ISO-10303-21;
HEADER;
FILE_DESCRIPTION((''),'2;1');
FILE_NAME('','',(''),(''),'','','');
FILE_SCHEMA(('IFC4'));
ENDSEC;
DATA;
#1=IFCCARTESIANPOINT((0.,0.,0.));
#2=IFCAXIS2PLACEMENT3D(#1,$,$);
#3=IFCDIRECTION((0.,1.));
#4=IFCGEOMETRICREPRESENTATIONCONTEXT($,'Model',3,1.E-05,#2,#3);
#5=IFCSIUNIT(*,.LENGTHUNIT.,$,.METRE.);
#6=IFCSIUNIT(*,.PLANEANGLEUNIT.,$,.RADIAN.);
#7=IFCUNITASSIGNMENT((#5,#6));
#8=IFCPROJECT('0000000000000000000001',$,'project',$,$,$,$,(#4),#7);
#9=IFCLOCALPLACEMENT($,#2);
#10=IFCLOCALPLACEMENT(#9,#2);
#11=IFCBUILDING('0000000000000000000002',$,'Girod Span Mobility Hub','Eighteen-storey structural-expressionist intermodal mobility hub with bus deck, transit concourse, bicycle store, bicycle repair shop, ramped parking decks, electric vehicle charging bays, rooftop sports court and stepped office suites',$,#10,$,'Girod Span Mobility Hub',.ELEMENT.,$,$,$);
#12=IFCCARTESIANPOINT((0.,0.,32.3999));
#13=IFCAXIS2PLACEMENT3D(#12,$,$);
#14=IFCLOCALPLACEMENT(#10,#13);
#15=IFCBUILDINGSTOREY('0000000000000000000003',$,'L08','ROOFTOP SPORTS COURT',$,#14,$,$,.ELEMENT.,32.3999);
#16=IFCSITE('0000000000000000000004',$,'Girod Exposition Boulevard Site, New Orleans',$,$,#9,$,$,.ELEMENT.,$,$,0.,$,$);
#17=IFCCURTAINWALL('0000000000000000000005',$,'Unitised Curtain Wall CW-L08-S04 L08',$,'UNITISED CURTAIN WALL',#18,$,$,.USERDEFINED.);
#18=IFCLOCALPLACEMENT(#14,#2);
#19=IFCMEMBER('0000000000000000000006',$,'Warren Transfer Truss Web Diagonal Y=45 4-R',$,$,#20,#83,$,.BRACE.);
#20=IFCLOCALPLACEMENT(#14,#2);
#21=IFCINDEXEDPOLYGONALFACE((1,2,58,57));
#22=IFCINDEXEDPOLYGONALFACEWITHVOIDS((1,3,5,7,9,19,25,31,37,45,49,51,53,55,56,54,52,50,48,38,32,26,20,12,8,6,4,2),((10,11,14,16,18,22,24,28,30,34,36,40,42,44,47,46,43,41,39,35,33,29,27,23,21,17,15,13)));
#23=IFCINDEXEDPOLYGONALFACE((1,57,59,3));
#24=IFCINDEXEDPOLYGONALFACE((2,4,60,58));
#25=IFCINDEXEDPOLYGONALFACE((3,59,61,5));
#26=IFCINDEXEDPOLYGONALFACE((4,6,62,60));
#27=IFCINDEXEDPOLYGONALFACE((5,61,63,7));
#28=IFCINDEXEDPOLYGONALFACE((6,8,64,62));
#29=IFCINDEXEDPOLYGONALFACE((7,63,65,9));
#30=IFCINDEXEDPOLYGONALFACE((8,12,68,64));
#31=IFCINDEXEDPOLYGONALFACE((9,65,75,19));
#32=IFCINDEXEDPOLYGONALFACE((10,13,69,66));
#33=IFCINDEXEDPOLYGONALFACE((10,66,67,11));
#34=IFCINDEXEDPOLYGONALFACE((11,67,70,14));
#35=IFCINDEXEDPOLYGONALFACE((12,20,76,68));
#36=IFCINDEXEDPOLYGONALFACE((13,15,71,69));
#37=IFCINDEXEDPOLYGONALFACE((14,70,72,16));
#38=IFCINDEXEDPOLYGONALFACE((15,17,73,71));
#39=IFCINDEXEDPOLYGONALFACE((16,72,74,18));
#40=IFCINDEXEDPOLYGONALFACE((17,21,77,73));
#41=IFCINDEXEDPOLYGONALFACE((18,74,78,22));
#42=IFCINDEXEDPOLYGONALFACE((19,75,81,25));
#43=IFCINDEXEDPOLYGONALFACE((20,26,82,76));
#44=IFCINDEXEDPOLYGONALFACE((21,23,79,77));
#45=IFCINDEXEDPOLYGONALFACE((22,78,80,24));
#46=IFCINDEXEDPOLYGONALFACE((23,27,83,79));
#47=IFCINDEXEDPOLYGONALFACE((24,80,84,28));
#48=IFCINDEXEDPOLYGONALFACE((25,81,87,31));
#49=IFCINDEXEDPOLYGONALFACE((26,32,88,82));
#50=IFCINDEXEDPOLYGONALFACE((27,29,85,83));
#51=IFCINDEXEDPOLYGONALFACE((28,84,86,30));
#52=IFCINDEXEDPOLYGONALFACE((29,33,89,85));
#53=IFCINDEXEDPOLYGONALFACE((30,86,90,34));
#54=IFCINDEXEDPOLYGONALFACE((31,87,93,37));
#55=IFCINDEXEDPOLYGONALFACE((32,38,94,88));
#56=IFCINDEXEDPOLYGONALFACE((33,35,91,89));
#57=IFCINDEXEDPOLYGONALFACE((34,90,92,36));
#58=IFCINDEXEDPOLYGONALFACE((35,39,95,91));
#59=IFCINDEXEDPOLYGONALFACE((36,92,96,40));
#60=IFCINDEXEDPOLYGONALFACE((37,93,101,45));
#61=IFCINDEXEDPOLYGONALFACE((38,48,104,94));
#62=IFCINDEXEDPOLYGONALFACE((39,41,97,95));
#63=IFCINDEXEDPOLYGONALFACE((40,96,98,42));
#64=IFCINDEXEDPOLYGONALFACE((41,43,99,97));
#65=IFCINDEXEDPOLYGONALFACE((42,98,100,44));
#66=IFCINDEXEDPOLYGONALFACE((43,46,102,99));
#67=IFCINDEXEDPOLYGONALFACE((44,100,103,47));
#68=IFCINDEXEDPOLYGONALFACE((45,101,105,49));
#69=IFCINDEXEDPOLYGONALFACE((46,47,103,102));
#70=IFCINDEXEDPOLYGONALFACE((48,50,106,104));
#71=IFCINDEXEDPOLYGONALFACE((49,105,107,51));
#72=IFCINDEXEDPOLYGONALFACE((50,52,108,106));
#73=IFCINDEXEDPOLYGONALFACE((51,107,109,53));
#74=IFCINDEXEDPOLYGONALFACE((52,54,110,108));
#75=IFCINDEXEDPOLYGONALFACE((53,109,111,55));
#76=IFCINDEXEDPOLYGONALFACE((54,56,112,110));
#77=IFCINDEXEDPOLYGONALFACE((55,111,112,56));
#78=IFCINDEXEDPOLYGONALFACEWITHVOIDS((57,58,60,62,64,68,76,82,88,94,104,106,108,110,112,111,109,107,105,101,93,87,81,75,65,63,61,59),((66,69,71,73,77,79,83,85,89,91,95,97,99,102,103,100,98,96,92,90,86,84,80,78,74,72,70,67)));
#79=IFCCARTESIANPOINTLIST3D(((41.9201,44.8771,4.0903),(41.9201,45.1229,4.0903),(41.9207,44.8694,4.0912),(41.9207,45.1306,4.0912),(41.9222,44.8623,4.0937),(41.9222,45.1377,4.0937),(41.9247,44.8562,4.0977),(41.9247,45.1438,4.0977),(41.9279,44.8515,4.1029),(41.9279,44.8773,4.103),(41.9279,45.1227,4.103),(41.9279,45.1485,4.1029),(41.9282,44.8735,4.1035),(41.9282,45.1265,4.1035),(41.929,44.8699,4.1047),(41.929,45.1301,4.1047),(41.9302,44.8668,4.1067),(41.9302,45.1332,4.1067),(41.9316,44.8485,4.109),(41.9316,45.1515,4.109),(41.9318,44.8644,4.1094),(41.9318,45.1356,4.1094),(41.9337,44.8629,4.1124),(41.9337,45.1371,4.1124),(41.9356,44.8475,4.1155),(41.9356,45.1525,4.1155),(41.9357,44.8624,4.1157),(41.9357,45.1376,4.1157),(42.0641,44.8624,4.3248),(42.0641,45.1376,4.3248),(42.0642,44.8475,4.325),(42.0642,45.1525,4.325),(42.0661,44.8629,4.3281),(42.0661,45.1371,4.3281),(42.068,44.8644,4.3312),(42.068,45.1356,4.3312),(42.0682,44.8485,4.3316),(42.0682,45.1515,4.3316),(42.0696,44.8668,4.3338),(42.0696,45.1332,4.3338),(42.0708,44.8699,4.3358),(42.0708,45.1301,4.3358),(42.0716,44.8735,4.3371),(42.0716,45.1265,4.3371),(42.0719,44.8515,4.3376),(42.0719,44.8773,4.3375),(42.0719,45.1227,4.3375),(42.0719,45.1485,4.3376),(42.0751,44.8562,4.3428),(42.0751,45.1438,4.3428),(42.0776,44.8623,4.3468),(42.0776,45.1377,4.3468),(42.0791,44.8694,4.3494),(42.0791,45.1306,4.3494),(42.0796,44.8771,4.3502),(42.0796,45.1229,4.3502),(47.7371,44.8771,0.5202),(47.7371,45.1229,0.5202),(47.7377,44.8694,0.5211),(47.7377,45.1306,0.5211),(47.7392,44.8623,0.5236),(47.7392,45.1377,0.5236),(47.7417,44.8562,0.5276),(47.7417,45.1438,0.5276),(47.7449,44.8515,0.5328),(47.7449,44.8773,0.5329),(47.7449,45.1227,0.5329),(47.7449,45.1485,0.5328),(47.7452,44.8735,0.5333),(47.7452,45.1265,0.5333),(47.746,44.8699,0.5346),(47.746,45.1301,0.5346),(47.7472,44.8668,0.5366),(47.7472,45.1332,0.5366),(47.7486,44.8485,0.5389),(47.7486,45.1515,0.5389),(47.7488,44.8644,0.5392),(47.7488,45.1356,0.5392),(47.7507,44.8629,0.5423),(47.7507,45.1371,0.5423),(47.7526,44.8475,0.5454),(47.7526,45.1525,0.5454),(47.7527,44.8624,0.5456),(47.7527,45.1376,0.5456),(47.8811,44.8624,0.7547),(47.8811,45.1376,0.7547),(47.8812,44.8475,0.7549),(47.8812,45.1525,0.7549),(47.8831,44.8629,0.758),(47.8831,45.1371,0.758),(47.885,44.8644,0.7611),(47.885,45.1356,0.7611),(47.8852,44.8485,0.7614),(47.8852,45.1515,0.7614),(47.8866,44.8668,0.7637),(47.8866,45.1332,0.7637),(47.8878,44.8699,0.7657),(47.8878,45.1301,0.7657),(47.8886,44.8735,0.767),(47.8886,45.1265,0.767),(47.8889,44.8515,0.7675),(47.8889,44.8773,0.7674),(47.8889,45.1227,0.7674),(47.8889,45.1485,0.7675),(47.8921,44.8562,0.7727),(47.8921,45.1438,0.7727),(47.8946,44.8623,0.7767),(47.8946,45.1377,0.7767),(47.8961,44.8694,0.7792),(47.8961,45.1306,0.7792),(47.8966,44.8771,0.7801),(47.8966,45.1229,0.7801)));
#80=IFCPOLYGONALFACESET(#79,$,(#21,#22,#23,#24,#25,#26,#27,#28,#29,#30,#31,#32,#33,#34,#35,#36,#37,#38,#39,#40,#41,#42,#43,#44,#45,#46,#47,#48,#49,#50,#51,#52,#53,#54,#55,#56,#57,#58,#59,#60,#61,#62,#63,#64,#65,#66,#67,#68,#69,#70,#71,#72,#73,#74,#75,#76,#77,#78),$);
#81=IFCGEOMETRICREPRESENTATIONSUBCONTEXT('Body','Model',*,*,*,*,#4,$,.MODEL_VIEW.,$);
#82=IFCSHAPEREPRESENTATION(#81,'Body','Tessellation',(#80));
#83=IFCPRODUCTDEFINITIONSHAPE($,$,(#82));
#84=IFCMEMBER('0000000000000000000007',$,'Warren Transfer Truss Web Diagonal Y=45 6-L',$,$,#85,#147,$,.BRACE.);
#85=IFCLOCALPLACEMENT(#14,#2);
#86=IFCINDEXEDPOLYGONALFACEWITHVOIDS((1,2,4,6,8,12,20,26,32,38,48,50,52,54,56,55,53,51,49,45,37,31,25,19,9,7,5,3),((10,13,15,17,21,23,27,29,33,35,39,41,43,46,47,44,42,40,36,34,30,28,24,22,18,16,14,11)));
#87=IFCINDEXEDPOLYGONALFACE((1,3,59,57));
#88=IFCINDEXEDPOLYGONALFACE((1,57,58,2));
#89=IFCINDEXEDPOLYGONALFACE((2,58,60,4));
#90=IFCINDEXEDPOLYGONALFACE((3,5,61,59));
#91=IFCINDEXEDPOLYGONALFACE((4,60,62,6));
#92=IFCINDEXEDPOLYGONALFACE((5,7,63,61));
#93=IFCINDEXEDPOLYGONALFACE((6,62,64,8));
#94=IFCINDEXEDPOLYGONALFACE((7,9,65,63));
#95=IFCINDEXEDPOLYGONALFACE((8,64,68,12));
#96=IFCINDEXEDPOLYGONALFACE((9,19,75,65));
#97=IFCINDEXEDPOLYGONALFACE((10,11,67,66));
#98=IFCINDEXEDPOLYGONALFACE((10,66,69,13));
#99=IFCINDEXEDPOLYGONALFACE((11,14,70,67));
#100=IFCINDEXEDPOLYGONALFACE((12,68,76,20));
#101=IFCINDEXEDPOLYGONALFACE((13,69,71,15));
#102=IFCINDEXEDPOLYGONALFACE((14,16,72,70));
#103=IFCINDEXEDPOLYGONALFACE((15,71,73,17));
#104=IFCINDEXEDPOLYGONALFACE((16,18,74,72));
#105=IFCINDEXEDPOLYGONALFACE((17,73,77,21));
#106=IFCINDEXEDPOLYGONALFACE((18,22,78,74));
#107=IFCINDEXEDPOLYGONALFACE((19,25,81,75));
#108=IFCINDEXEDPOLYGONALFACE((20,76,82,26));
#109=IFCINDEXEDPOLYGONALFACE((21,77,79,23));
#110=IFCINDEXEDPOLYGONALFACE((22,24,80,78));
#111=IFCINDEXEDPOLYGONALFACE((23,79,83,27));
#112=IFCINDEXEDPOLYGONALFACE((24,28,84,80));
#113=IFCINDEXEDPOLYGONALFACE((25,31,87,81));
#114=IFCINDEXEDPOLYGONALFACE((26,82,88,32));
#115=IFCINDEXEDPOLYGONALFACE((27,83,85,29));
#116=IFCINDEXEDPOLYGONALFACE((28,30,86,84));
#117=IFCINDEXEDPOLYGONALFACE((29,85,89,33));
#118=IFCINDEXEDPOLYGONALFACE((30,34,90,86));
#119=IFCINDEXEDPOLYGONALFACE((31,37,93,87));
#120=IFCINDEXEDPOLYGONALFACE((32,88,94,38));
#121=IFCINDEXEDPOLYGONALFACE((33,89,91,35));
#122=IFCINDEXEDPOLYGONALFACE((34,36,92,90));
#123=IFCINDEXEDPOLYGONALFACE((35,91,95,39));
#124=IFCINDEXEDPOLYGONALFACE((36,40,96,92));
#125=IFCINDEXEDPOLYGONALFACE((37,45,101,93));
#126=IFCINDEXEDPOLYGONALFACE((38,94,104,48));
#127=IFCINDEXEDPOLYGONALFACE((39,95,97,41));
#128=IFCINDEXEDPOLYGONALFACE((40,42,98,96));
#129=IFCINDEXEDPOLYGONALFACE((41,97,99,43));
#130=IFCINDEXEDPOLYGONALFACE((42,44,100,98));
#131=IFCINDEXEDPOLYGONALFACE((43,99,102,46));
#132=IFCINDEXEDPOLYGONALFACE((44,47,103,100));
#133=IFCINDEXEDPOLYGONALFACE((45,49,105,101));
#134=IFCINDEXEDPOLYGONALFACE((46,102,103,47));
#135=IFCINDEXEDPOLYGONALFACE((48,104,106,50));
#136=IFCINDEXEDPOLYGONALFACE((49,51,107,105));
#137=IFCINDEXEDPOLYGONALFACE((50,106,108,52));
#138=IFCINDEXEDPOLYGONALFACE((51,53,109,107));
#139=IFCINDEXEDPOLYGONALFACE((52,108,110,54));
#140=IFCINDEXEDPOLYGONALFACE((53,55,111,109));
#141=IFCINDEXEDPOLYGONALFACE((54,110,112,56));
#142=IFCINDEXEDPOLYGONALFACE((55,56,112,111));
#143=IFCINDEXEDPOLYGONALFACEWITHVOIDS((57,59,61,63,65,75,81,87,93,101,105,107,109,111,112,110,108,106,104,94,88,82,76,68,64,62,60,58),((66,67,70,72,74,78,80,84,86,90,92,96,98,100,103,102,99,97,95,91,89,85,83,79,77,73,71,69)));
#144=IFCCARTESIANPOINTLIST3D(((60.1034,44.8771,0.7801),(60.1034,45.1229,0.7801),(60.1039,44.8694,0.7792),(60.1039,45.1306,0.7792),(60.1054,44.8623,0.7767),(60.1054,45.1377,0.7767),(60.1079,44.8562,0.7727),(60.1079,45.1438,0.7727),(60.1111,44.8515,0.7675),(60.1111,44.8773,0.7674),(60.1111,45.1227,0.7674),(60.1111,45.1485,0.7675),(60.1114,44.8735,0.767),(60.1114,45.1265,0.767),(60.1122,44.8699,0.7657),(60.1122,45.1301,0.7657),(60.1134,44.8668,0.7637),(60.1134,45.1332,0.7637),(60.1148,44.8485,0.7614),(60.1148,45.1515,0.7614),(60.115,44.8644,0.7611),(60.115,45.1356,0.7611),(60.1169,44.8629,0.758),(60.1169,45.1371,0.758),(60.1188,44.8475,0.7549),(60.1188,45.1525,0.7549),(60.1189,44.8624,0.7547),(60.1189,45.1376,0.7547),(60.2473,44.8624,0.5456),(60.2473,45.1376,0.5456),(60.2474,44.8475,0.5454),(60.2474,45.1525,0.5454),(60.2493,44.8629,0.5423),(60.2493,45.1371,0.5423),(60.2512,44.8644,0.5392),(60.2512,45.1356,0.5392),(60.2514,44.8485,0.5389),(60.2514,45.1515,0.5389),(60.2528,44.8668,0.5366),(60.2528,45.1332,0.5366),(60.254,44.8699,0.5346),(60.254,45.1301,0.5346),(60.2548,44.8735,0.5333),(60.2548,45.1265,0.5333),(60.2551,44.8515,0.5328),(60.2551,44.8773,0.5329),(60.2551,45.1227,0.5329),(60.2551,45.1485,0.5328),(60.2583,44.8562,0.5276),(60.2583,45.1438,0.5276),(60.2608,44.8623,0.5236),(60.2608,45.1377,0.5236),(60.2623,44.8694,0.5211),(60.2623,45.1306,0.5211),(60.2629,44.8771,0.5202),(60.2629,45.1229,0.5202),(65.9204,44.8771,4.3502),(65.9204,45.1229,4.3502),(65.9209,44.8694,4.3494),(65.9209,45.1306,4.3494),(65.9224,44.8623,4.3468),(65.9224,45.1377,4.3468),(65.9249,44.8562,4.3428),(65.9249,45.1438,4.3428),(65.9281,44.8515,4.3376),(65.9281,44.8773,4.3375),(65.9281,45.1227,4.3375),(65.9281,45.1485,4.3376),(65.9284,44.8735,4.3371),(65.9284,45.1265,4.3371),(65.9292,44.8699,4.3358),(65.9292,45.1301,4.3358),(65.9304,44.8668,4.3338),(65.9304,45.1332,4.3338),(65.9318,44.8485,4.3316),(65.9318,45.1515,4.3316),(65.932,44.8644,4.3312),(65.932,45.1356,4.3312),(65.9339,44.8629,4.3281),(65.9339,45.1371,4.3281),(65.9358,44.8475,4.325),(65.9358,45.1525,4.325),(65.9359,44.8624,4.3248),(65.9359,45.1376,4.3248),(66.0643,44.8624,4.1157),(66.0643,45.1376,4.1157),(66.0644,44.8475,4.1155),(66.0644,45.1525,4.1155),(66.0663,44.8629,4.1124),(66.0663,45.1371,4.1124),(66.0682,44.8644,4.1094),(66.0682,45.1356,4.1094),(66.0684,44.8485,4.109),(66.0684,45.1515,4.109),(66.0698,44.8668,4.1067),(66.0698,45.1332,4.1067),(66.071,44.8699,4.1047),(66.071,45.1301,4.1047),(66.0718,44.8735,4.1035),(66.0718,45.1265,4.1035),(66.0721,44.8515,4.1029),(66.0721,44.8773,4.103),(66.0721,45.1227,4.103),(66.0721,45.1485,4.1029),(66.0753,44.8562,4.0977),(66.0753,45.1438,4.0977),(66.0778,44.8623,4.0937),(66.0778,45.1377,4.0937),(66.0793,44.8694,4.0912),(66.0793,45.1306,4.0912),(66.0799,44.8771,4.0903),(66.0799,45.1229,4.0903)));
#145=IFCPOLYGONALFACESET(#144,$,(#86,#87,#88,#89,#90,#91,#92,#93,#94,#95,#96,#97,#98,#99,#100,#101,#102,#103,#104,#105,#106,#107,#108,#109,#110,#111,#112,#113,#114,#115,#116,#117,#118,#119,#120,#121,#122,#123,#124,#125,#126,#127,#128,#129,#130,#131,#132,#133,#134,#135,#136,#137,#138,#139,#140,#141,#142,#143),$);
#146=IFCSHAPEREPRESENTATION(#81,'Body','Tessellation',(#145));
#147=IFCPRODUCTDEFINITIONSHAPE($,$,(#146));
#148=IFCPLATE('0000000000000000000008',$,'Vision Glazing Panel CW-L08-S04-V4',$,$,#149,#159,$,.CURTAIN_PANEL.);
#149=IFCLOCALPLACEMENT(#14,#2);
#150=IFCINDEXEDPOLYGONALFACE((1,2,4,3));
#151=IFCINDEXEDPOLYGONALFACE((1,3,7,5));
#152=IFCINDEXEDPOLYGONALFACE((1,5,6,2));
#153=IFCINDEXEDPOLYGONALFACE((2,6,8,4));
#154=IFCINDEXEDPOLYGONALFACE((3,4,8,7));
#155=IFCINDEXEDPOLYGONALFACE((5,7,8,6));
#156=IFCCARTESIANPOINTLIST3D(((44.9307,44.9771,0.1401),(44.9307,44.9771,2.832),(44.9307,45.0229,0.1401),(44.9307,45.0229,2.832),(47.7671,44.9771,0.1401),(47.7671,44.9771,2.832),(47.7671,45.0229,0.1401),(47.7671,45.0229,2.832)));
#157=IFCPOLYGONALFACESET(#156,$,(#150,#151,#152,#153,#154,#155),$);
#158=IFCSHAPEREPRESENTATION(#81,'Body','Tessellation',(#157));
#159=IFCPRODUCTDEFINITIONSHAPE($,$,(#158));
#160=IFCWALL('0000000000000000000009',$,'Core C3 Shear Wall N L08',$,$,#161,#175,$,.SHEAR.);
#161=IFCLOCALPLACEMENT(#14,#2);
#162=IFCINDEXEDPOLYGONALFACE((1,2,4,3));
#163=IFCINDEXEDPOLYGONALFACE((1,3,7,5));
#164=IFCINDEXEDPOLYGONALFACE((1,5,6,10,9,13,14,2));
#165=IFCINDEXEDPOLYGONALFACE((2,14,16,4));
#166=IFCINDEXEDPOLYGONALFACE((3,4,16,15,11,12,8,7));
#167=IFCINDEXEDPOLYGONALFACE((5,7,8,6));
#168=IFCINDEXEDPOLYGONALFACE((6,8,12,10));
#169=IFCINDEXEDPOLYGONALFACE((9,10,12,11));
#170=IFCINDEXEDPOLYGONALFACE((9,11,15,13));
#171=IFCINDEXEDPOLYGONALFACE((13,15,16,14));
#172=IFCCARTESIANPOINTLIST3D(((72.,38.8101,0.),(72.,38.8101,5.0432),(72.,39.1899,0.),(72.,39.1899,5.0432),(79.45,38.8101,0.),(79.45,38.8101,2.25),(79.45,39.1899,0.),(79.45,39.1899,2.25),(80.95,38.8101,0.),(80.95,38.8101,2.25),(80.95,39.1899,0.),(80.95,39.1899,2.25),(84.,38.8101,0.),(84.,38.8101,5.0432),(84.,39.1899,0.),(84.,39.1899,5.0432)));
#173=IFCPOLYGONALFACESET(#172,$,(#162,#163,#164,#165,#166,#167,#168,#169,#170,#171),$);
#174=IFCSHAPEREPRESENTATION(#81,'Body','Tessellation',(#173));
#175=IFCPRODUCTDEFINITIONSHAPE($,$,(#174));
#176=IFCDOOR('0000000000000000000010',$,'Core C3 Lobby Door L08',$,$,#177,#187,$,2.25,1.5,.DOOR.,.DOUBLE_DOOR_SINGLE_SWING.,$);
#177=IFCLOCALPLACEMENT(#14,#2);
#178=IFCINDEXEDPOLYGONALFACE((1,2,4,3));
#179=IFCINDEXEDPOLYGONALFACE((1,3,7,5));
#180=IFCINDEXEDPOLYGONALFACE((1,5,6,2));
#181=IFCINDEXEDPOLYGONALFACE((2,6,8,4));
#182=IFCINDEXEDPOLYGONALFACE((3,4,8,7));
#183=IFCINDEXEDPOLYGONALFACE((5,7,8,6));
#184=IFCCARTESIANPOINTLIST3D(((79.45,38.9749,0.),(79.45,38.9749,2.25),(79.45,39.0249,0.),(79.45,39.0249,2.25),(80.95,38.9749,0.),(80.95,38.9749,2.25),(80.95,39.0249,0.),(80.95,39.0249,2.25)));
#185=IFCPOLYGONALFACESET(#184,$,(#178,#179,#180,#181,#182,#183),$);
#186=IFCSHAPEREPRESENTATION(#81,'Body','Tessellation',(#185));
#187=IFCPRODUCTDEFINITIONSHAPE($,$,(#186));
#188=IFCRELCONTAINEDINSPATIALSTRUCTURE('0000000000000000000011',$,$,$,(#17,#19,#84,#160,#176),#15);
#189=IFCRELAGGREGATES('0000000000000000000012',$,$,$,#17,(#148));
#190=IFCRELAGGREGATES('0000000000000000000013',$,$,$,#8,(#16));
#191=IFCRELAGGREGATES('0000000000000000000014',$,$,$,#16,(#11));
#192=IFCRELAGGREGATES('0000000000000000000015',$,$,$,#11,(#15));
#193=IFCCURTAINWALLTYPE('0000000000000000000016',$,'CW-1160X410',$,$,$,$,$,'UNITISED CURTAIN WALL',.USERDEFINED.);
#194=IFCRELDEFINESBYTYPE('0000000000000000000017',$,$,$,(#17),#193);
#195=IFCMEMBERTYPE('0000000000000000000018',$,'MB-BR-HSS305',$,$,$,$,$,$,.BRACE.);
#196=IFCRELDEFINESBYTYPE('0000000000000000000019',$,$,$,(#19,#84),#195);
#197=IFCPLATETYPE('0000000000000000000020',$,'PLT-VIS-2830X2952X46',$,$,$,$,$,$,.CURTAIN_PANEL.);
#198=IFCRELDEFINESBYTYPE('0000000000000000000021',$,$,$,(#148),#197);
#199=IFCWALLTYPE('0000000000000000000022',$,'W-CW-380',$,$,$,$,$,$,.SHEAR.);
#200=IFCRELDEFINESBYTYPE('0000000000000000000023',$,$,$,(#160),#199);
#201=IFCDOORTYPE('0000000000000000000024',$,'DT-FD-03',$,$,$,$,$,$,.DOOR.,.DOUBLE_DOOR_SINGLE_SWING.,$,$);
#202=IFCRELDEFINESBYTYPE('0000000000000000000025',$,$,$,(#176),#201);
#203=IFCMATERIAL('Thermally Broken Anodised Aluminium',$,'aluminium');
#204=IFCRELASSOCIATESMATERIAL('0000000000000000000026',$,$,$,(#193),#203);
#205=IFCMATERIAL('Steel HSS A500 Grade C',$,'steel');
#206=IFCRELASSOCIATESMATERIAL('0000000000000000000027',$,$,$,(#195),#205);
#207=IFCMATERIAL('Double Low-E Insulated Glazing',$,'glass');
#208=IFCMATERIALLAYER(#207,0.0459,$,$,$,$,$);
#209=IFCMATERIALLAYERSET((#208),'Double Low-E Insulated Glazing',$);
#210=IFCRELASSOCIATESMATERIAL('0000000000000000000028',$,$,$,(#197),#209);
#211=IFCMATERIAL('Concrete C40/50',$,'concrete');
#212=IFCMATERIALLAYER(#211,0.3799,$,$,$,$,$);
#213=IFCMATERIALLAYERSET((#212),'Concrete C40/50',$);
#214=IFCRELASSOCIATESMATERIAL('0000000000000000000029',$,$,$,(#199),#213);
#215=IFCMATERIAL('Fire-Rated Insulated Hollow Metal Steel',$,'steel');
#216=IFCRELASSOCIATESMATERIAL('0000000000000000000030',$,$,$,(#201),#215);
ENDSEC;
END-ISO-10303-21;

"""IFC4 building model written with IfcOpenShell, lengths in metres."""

from ifc_helpers import new_model, si_unit, direction, frame, frame_2d, origin, origin_2d, place, context, subcontext, project, spatial, rectangle, hollow_rectangle, extrude, material, layer, layer_set, material_profile, profile_set, type_object, element, fill, aggregate, save


model = new_model("IFC4")

# Units and contexts
model_context = context("Model", 3, precision=1e-05, world=origin(), true_north=direction((0.0, 1.0)))
body_context = subcontext(model_context, "Body", "Model", "MODEL_VIEW")
ifc_project = project(units=[si_unit("LENGTHUNIT", "METRE"), si_unit("PLANEANGLEUNIT", "RADIAN")], contexts=[model_context])

# Site, building, storey
site_placement = place(None, origin())
site = spatial("IfcSite", under=ifc_project, at=site_placement, Name="Girod Exposition Boulevard Site, New Orleans", CompositionType="ELEMENT", RefElevation=0.0)
building_placement = place(site_placement, origin())
building = spatial("IfcBuilding", under=site, at=building_placement, Name="Girod Span Mobility Hub", Description="Eighteen-storey structural-expressionist intermodal mobility hub with bus deck, transit concourse, bicycle store, bicycle repair shop, ramped parking decks, electric vehicle charging bays, rooftop sports court and stepped office suites", LongName="Girod Span Mobility Hub", CompositionType="ELEMENT")
storey_placement = place(building_placement, frame((0.0, 0.0, 32.3999)))
storey = spatial("IfcBuildingStorey", under=building, at=storey_placement, Name="L08", Description="ROOFTOP SPORTS COURT", CompositionType="ELEMENT", Elevation=32.3999)

# Curtain wall
ifc_material_1 = material(Name="Thermally Broken Anodised Aluminium", Category="aluminium")
curtain_wall_type = type_object("IfcCurtainWallType", Name="CW-1160X410", ElementType="UNITISED CURTAIN WALL", PredefinedType="USERDEFINED", material=ifc_material_1)
curtain_wall_placement = place(storey_placement, origin())
curtain_wall = element("IfcCurtainWall", 1, at=curtain_wall_placement, inside=storey, type_object=curtain_wall_type, Name="Unitised Curtain Wall CW-L08-S04 L08", ObjectType="UNITISED CURTAIN WALL", PredefinedType="USERDEFINED")

# Members
ifc_material_2 = material(Name="Steel HSS A500 Grade C", Category="steel")
ifc_material_profile_1 = material_profile(ifc_material_2, hollow_rectangle(XDim=0.3049, YDim=0.3049, WallThickness=0.0149, InnerFilletRadius=0.0149, OuterFilletRadius=0.0295, at=origin_2d()), Name="HSS305X305X16")
ifc_profile_set_1 = profile_set([ifc_material_profile_1], Name="Steel HSS A500 Grade C")
member_type_1 = type_object("IfcMemberType", Name="MB-BR-HSS305", PredefinedType="BRACE", material=ifc_profile_set_1)
for number, where, z_axis, x_axis, name in (
    (2, (47.8169, 45.0, 0.6501), (-0.852283, 0.0, 0.523081), (0.0, -1.0, 0.0), "Warren Transfer Truss Web Diagonal Y=45 4-R"),
    (3, (60.1831, 45.0, 0.6501), (0.852283, 0.0, 0.523081), (0.0, 1.0, 0.0), "Warren Transfer Truss Web Diagonal Y=45 6-L"),
):
    element("IfcMember", number, at=place(storey_placement, frame(where, z_axis=z_axis, x_axis=x_axis)), inside=storey, type_object=member_type_1, Name=name, PredefinedType="BRACE", context=body_context, shape_type="SweptSolid", body=[
        extrude(hollow_rectangle(XDim=0.3049, YDim=0.3049, WallThickness=0.0149, InnerFilletRadius=0.0149, OuterFilletRadius=0.0295, at=origin_2d()), origin(), (0.0, 0.0, 1.0), 6.8252),
    ])

# Plate
ifc_material_3 = material(Name="Double Low-E Insulated Glazing", Category="glass")
ifc_layer_1 = layer(ifc_material_3, 0.0459)
ifc_layer_set_1 = layer_set([ifc_layer_1], Name="Double Low-E Insulated Glazing")
plate_type = type_object("IfcPlateType", Name="PLT-VIS-2830X2952X46", PredefinedType="CURTAIN_PANEL", material=ifc_layer_set_1)
plate_placement = place(storey_placement, frame((46.3489, 45.0, 0.1401), z_axis=(0.0, 0.0, 1.0), x_axis=(1.0, 0.0, 0.0)))
plate = element("IfcPlate", 4, at=plate_placement, type_object=plate_type, Name="Vision Glazing Panel CW-L08-S04-V4", PredefinedType="CURTAIN_PANEL", context=body_context, shape_type="SweptSolid", body=[
    extrude(rectangle(XDim=2.8364, YDim=0.0459, at=origin_2d()), origin(), (0.0, 0.0, 1.0), 2.6919),
])
aggregate(curtain_wall, [plate])

# Wall, opening, door
ifc_material_4 = material(Name="Concrete C40/50", Category="concrete")
ifc_layer_2 = layer(ifc_material_4, 0.3799)
ifc_layer_set_2 = layer_set([ifc_layer_2], Name="Concrete C40/50")
wall_type_1 = type_object("IfcWallType", Name="W-CW-380", PredefinedType="SHEAR", material=ifc_layer_set_2)
wall_1_placement = place(storey_placement, frame((72.0, 39.0, 0.0), z_axis=(0.0, 0.0, 1.0), x_axis=(1.0, 0.0, 0.0)))
wall_1 = element("IfcWall", 5, at=wall_1_placement, inside=storey, type_object=wall_type_1, Name="Core C3 Shear Wall N L08", PredefinedType="SHEAR", context=body_context, shape_type="SweptSolid", body=[
    extrude(rectangle(XDim=12.0, YDim=0.3799, at=frame_2d((6.0, 0.0))), origin(), (0.0, 0.0, 1.0), 5.0432),
])
opening_1_placement = place(wall_1_placement, frame((7.45, 0.0, 0.0)))
opening_1 = element("IfcOpeningElement", 6, at=opening_1_placement, cuts=wall_1, PredefinedType="OPENING", context=body_context, shape_type="SweptSolid", body=[
    extrude(rectangle(XDim=1.5, YDim=2.25, at=frame_2d((0.75, 1.125))), frame((0.0, 0.2048, 0.0), z_axis=(0.0, -1.0, 0.0), x_axis=(1.0, 0.0, 0.0)), (0.0, 0.0, 1.0), 0.4099),
])
ifc_material_5 = material(Name="Fire-Rated Insulated Hollow Metal Steel", Category="steel")
door_type_1 = type_object("IfcDoorType", Name="DT-FD-03", OperationType="DOUBLE_DOOR_SINGLE_SWING", PredefinedType="DOOR", material=ifc_material_5)
door_1_placement = place(opening_1_placement, origin())
door_1 = element("IfcDoor", 7, at=door_1_placement, inside=storey, type_object=door_type_1, Name="Core C3 Lobby Door L08", OperationType="DOUBLE_DOOR_SINGLE_SWING", OverallHeight=2.25, OverallWidth=1.5, PredefinedType="DOOR", context=body_context, shape_type="SweptSolid", body=[
    extrude(rectangle(XDim=1.5, YDim=2.25, at=frame_2d((0.75, 1.125))), frame((0.0, 0.0249, 0.0), z_axis=(0.0, -1.0, 0.0), x_axis=(1.0, 0.0, 0.0)), (0.0, 0.0, 1.0), 0.05),
])
fill(opening_1, door_1)

save(model, "model.ifc")
